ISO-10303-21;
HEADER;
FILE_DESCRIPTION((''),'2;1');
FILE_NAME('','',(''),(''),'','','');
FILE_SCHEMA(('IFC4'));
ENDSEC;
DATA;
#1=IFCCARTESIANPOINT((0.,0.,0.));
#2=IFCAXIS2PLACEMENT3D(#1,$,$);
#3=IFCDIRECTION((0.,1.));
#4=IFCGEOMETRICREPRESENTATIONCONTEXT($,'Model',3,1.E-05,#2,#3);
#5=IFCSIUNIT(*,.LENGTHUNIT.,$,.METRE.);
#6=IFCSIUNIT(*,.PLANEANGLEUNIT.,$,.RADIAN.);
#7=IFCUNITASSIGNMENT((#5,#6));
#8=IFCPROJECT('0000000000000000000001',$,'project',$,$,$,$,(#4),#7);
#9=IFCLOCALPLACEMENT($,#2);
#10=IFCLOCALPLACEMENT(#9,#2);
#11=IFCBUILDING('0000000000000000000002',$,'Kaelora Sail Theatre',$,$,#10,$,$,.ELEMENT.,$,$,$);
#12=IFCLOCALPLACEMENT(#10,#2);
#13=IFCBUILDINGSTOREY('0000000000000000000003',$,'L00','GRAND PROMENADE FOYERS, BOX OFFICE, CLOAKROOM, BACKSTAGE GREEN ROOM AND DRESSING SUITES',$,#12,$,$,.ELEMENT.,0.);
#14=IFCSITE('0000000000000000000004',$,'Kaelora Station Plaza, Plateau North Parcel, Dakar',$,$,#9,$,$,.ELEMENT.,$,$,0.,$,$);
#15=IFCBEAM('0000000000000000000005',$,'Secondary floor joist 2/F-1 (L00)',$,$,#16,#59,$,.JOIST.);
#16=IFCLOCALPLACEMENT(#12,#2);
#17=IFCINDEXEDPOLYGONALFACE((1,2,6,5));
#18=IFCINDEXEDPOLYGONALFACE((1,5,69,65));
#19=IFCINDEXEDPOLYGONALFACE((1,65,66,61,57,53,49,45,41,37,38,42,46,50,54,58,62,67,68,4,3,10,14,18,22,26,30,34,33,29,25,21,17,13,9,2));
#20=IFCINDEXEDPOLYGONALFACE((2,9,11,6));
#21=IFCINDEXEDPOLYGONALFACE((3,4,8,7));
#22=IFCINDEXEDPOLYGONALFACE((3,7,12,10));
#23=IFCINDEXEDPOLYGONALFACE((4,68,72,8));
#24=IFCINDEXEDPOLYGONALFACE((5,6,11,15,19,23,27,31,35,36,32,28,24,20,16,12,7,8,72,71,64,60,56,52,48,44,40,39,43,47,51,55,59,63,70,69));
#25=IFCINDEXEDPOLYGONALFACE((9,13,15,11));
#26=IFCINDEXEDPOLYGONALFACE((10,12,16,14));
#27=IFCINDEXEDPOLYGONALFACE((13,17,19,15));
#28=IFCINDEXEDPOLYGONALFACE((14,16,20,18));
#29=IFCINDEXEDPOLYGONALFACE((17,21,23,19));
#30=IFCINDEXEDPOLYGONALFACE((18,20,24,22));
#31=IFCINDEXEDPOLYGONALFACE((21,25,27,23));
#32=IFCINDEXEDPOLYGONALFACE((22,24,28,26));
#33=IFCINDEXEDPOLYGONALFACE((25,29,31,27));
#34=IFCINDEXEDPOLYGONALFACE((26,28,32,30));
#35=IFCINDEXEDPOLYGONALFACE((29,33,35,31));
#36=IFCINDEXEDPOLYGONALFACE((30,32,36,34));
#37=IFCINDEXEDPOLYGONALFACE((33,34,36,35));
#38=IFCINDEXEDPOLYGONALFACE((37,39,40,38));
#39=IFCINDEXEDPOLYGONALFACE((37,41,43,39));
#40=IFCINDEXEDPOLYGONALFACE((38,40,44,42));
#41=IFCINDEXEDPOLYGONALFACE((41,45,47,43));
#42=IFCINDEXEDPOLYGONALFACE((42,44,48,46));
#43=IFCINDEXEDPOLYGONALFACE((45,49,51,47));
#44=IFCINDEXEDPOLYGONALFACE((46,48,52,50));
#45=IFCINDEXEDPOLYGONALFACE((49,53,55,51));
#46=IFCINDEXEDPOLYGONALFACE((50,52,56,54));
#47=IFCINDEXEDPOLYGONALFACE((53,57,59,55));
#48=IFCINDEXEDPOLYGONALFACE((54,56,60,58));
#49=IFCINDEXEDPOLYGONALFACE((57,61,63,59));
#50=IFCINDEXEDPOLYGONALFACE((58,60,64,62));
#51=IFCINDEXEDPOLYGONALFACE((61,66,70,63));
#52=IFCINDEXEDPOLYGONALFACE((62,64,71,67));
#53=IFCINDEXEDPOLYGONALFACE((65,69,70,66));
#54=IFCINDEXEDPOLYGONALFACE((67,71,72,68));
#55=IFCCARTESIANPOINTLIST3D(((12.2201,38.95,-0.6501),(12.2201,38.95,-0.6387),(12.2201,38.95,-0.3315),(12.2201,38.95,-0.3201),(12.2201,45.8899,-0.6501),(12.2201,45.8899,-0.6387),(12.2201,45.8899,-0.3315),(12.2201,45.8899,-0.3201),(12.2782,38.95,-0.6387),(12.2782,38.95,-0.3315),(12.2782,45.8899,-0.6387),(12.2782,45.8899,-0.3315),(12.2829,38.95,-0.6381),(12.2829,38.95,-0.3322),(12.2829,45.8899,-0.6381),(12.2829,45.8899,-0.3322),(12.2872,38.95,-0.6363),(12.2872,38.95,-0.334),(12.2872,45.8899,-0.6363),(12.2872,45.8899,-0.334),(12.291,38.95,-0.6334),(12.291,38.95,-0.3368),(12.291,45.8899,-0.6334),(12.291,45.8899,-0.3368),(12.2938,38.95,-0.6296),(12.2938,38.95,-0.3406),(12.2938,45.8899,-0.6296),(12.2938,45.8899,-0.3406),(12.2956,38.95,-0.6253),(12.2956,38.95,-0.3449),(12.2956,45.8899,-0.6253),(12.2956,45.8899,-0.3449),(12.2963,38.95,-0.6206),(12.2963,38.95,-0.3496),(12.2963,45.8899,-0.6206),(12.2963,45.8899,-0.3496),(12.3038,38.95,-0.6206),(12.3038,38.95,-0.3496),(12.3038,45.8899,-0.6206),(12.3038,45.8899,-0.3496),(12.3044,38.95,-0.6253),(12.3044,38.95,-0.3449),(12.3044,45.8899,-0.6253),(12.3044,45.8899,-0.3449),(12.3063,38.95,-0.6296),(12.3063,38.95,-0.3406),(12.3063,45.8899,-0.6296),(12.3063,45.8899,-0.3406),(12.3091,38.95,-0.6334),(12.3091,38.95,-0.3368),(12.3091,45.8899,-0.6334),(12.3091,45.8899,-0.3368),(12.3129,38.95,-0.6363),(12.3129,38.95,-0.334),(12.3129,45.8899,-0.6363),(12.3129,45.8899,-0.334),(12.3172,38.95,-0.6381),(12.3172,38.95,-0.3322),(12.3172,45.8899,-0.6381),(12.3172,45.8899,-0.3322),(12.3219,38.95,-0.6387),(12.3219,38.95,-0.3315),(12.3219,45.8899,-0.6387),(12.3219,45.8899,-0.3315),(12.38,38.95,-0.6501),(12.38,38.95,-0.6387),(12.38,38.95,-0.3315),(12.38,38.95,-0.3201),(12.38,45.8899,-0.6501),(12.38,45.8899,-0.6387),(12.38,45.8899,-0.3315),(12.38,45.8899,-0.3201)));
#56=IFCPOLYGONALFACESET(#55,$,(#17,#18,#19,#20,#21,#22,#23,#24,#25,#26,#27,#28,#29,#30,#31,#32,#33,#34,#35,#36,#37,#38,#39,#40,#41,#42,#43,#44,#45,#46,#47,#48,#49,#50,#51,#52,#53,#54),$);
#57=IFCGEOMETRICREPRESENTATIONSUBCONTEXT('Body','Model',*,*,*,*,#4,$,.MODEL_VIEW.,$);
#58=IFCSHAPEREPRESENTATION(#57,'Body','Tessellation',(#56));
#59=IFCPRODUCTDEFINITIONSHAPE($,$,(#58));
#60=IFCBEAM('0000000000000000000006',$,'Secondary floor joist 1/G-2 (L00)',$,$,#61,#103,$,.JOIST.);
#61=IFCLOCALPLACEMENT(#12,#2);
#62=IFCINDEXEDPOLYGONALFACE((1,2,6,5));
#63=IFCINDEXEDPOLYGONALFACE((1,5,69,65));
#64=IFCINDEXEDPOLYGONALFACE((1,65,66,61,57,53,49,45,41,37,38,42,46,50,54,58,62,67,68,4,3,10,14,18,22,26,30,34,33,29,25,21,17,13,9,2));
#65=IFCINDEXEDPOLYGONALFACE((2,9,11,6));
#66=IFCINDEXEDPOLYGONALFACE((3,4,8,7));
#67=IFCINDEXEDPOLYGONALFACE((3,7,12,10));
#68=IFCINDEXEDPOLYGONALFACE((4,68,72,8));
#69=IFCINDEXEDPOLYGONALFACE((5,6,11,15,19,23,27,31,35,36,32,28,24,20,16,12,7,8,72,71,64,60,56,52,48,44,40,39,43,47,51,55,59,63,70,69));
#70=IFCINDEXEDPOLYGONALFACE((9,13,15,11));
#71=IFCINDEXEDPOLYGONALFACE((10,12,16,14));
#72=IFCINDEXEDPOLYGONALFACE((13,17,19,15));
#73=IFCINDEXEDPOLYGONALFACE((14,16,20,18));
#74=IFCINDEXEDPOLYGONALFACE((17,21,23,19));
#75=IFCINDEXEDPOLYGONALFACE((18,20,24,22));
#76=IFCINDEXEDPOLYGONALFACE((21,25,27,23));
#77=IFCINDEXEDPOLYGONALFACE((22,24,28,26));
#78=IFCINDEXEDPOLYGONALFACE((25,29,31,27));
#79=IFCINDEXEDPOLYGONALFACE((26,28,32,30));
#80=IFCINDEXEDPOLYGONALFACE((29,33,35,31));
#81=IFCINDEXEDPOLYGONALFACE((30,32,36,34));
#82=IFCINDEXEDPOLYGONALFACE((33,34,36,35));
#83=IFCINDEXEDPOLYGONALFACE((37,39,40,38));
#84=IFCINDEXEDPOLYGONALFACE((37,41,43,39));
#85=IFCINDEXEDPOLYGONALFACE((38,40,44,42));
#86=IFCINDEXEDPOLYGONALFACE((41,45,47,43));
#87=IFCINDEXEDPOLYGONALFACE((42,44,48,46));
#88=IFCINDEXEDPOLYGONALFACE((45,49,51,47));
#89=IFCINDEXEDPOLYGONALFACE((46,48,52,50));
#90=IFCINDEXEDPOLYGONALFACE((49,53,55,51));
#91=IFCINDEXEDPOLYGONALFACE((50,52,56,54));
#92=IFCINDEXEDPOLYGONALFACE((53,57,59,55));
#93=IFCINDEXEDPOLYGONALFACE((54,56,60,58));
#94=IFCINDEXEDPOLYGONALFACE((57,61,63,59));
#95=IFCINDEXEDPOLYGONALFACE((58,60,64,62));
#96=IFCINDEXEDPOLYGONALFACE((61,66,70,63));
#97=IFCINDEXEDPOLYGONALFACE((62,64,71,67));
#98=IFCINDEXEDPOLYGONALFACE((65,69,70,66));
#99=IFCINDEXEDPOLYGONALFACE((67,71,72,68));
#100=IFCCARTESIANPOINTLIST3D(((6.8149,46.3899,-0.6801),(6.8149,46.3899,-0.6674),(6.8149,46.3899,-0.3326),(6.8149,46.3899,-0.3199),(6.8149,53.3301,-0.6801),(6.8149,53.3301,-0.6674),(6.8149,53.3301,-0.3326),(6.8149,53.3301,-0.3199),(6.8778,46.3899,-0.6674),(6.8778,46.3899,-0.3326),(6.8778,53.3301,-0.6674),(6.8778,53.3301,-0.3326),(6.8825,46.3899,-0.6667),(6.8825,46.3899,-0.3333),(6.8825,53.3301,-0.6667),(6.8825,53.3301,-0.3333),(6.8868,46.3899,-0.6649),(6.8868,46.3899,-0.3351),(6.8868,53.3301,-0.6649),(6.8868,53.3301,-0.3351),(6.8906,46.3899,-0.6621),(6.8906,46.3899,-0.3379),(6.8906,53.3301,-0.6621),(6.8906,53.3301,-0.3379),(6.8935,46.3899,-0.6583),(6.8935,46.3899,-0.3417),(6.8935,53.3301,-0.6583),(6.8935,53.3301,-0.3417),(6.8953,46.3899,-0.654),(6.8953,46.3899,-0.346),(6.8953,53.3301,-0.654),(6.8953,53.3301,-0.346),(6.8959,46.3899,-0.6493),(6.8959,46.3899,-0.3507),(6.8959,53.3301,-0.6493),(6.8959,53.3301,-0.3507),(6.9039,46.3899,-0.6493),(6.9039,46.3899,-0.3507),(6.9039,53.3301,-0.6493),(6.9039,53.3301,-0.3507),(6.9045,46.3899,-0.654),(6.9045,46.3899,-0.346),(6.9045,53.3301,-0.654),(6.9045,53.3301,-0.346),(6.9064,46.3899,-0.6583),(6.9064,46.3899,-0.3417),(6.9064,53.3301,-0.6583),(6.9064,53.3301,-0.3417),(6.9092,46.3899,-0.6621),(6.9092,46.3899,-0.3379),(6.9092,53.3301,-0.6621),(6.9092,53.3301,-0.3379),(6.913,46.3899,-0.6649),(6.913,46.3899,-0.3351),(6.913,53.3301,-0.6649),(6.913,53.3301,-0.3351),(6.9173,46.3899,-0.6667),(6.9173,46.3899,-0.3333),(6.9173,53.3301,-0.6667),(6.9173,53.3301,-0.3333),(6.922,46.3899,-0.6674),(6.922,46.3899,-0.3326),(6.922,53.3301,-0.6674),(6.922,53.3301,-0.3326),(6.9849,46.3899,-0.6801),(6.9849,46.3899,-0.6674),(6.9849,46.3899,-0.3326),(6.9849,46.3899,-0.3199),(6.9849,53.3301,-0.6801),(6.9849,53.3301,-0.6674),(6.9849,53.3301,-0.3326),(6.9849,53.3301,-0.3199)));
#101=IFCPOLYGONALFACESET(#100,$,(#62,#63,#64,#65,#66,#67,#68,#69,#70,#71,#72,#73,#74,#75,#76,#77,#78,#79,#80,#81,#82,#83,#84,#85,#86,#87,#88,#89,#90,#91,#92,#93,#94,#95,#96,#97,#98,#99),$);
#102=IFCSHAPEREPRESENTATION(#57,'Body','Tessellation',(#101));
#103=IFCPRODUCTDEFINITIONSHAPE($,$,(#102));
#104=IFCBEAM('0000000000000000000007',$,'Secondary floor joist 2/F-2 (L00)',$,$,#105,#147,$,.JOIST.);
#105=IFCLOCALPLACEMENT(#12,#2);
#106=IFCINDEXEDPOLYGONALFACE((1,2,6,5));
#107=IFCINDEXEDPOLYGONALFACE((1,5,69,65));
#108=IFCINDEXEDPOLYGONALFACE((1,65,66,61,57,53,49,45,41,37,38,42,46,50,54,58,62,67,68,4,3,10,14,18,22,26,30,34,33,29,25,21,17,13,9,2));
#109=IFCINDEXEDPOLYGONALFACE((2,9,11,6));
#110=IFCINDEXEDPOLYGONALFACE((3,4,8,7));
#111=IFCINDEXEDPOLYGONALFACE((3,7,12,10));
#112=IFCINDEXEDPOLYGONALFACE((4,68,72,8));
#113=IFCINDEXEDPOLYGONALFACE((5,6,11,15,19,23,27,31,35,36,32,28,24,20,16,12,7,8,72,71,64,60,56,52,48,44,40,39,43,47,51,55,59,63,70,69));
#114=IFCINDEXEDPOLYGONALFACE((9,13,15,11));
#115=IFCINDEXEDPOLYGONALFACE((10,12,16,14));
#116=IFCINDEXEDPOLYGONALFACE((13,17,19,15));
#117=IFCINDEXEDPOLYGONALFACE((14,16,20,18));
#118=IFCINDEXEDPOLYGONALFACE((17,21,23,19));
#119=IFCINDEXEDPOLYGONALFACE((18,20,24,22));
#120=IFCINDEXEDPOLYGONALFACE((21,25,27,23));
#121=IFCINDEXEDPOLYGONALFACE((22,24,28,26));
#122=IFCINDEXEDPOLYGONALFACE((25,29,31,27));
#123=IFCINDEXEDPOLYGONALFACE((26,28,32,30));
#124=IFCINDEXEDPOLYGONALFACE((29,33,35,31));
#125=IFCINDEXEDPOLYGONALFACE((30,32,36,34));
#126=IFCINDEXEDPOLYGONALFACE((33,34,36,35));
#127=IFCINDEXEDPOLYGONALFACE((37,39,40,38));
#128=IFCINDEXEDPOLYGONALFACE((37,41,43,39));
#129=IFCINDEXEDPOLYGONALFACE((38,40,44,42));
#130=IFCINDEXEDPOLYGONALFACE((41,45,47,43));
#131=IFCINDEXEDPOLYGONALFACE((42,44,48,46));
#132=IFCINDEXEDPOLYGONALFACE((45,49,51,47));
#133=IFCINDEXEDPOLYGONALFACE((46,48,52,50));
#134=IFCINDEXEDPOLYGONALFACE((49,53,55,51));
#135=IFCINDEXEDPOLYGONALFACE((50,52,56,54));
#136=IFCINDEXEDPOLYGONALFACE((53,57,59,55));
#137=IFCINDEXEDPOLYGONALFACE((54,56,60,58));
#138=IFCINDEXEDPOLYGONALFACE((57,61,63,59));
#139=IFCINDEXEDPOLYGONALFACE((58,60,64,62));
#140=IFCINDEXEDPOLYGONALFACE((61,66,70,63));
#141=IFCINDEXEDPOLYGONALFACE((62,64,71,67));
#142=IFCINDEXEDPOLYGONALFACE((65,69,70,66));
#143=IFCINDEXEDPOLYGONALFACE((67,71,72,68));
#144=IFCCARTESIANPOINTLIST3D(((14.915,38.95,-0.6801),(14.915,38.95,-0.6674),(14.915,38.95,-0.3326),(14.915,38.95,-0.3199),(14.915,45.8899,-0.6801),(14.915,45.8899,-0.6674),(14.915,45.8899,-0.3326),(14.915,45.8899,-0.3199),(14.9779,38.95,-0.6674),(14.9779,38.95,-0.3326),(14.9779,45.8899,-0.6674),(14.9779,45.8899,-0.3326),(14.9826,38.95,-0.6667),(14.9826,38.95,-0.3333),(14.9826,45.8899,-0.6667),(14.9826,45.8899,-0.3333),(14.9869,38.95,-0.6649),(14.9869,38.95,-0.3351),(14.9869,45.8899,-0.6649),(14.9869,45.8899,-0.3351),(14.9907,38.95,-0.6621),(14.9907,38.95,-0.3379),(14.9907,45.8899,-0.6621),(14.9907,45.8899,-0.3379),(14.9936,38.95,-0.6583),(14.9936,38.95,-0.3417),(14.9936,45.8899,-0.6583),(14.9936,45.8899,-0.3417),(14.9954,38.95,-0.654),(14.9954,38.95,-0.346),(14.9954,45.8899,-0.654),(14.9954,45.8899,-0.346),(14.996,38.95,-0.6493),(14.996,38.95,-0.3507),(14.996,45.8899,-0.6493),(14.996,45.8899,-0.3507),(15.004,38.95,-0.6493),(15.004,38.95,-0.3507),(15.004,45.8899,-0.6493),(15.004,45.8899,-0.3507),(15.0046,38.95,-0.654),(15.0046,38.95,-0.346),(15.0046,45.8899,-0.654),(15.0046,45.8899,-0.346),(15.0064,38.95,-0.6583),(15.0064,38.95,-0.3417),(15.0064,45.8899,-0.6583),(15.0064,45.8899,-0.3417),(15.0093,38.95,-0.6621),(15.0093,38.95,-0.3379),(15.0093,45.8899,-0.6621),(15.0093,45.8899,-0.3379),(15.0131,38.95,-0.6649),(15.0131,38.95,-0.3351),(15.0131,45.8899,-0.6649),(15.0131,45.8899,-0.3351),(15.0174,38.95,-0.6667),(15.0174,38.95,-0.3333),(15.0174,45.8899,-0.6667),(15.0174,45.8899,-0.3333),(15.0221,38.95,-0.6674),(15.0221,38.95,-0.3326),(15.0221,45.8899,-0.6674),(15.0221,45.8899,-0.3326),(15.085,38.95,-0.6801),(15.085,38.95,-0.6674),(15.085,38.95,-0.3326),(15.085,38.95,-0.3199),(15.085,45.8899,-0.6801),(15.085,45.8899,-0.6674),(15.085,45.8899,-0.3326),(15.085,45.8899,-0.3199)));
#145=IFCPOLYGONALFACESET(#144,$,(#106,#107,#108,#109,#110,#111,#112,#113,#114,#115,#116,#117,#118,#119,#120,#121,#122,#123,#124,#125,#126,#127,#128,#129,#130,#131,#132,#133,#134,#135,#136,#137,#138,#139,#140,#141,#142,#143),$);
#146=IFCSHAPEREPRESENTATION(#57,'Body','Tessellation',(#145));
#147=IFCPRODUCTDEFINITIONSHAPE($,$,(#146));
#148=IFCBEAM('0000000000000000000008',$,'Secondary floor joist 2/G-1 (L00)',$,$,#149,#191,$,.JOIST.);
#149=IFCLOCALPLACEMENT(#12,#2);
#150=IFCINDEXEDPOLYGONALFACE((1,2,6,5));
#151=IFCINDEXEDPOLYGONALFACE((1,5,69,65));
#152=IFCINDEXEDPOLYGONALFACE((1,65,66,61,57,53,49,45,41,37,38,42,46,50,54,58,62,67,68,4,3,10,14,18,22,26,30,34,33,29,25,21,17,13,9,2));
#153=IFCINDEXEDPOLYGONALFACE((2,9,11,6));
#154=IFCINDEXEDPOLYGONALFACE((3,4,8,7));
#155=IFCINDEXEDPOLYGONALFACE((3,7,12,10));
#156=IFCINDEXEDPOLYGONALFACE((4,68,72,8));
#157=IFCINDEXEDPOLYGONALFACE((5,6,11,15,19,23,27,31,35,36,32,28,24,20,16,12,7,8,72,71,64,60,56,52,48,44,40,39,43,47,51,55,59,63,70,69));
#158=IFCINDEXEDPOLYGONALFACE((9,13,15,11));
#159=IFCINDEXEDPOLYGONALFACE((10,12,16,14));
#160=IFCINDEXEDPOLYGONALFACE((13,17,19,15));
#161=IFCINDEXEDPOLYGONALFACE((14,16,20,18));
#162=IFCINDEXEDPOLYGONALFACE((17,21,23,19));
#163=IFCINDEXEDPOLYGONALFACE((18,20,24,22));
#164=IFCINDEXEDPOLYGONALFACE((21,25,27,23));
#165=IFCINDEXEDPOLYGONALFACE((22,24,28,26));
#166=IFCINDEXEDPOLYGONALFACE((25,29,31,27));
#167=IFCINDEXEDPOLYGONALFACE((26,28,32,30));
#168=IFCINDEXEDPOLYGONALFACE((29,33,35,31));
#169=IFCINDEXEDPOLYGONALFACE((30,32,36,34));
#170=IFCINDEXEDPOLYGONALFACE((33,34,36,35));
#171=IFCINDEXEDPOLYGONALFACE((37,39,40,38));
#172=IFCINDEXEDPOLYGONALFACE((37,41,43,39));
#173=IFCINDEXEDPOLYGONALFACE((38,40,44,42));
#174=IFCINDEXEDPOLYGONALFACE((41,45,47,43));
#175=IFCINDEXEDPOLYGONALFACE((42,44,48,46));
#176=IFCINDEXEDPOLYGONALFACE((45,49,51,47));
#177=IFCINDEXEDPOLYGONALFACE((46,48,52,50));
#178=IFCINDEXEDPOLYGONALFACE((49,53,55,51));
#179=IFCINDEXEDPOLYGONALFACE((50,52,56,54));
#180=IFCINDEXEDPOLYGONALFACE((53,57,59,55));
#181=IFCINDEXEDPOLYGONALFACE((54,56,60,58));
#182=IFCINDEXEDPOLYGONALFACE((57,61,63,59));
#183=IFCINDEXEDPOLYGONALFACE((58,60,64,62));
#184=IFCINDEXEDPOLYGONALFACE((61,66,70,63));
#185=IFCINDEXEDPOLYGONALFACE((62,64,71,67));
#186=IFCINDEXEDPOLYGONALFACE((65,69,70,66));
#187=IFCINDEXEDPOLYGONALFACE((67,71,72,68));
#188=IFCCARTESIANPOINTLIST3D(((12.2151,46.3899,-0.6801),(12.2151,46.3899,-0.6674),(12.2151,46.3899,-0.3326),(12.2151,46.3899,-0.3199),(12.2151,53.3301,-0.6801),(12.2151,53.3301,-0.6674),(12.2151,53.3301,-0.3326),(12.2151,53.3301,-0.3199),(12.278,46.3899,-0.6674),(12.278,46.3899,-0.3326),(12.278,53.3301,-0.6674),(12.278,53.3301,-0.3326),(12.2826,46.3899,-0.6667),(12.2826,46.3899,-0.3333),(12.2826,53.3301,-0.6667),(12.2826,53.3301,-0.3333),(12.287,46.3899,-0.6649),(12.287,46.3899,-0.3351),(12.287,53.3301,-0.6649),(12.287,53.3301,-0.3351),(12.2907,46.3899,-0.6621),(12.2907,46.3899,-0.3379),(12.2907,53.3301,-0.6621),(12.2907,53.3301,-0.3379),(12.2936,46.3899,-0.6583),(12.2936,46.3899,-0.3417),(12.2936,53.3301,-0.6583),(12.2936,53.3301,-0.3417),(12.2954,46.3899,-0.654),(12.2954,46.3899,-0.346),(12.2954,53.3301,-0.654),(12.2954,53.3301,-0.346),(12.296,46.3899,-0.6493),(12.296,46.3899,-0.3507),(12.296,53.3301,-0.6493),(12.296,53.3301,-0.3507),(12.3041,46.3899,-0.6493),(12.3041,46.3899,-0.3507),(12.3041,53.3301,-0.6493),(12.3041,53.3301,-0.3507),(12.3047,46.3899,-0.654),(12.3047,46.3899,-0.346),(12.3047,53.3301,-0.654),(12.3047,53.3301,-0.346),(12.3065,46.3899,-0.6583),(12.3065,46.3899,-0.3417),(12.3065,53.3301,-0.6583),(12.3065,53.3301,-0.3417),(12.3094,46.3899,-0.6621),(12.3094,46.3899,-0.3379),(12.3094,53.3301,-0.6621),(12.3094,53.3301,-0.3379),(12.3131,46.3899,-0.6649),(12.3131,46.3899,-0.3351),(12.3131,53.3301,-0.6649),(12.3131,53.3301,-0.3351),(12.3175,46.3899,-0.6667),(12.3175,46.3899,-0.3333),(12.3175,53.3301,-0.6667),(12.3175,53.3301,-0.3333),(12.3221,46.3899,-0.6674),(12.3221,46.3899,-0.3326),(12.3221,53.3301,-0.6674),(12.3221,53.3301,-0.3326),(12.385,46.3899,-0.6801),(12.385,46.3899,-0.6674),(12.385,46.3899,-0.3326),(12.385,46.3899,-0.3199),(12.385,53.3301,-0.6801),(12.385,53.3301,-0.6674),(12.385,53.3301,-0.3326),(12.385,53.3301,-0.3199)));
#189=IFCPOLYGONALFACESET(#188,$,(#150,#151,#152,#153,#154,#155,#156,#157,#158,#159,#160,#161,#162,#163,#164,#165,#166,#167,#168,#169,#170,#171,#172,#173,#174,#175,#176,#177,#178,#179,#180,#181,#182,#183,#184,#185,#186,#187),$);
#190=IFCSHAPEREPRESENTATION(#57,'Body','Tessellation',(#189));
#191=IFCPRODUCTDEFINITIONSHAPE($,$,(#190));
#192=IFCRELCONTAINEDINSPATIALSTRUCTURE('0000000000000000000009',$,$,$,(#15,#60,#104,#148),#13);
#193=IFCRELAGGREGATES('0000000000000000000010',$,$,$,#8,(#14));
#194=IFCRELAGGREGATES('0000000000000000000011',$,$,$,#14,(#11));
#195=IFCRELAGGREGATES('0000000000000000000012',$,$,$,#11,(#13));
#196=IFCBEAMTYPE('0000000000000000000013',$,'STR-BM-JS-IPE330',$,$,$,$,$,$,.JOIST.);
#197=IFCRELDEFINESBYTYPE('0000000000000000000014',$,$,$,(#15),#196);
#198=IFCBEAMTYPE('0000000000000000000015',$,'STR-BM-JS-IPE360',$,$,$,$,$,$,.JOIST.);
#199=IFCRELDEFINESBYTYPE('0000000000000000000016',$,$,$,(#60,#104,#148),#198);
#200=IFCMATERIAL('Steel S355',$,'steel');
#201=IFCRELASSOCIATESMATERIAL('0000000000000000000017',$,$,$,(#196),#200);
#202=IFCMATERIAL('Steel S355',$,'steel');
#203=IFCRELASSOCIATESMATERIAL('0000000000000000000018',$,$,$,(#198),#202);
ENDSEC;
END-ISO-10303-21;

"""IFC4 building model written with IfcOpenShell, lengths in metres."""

from ifc_helpers import new_model, si_unit, direction, frame, origin, origin_2d, place, context, subcontext, project, spatial, i_section, extrude, material, material_profile, profile_set, type_object, element, save


model = new_model("IFC4")

# Units and contexts
model_context = context("Model", 3, precision=1e-05, world=origin(), true_north=direction((0.0, 1.0)))
body_context = subcontext(model_context, "Body", "Model", "MODEL_VIEW")
ifc_project = project(units=[si_unit("LENGTHUNIT", "METRE"), si_unit("PLANEANGLEUNIT", "RADIAN")], contexts=[model_context])

# Site, building, storey
site_placement = place(None, origin())
site = spatial("IfcSite", under=ifc_project, at=site_placement, Name="Kaelora Station Plaza, Plateau North Parcel, Dakar", CompositionType="ELEMENT", RefElevation=0.0)
building_placement = place(site_placement, origin())
building = spatial("IfcBuilding", under=site, at=building_placement, Name="Kaelora Sail Theatre", CompositionType="ELEMENT")
storey_placement = place(building_placement, origin())
storey = spatial("IfcBuildingStorey", under=building, at=storey_placement, Name="L00", Description="GRAND PROMENADE FOYERS, BOX OFFICE, CLOAKROOM, BACKSTAGE GREEN ROOM AND DRESSING SUITES", CompositionType="ELEMENT", Elevation=0.0)

# Beams
ifc_material_1 = material(Name="Steel S355", Category="steel")
ifc_material_profile_1 = material_profile(ifc_material_1, i_section(OverallWidth=0.1599, OverallDepth=0.3301, WebThickness=0.0076, FlangeThickness=0.0115, FilletRadius=0.0181, at=origin_2d()), Name="IPE 330")
ifc_profile_set_1 = profile_set([ifc_material_profile_1], Name="Steel S355")
beam_type_1 = type_object("IfcBeamType", Name="STR-BM-JS-IPE330", PredefinedType="JOIST", material=ifc_profile_set_1)
for number, where, z_axis, x_axis, name in (
    (1, (12.3, 38.95, -0.4851), (0.0, 1.0, 0.0), (-1.0, 0.0, 0.0), "Secondary floor joist 2/F-1 (L00)"),
):
    element("IfcBeam", number, at=place(storey_placement, frame(where, z_axis=z_axis, x_axis=x_axis)), inside=storey, type_object=beam_type_1, Name=name, PredefinedType="JOIST", context=body_context, shape_type="SweptSolid", body=[
        extrude(i_section(OverallWidth=0.1599, OverallDepth=0.3301, WebThickness=0.0076, FlangeThickness=0.0115, FilletRadius=0.0181, at=origin_2d()), origin(), (0.0, 0.0, 1.0), 6.9399),
    ])
ifc_material_2 = material(Name="Steel S355", Category="steel")
ifc_material_profile_2 = material_profile(ifc_material_2, i_section(OverallWidth=0.1699, OverallDepth=0.3601, WebThickness=0.0081, FlangeThickness=0.0127, FilletRadius=0.0181, at=origin_2d()), Name="IPE 360")
ifc_profile_set_2 = profile_set([ifc_material_profile_2], Name="Steel S355")
beam_type_2 = type_object("IfcBeamType", Name="STR-BM-JS-IPE360", PredefinedType="JOIST", material=ifc_profile_set_2)
beam_1_placement = place(storey_placement, frame((6.8999, 46.3899, -0.5), z_axis=(0.0, 1.0, 0.0), x_axis=(-1.0, 0.0, 0.0)))
element("IfcBeam", 2, at=beam_1_placement, inside=storey, type_object=beam_type_2, Name="Secondary floor joist 1/G-2 (L00)", PredefinedType="JOIST", context=body_context, shape_type="SweptSolid", body=[
    extrude(i_section(OverallWidth=0.1699, OverallDepth=0.3601, WebThickness=0.0081, FlangeThickness=0.0127, FilletRadius=0.0181, at=origin_2d()), origin(), (0.0, 0.0, 1.0), 6.9402),
])
beam_2_placement = place(storey_placement, frame((15.0, 38.95, -0.5), z_axis=(0.0, 1.0, 0.0), x_axis=(-1.0, 0.0, 0.0)))
element("IfcBeam", 3, at=beam_2_placement, inside=storey, type_object=beam_type_2, Name="Secondary floor joist 2/F-2 (L00)", PredefinedType="JOIST", context=body_context, shape_type="SweptSolid", body=[
    extrude(i_section(OverallWidth=0.1699, OverallDepth=0.3601, WebThickness=0.0081, FlangeThickness=0.0127, FilletRadius=0.0181, at=origin_2d()), origin(), (0.0, 0.0, 1.0), 6.9399),
])
beam_3_placement = place(storey_placement, frame((12.3, 46.3899, -0.5), z_axis=(0.0, 1.0, 0.0), x_axis=(-1.0, 0.0, 0.0)))
element("IfcBeam", 4, at=beam_3_placement, inside=storey, type_object=beam_type_2, Name="Secondary floor joist 2/G-1 (L00)", PredefinedType="JOIST", context=body_context, shape_type="SweptSolid", body=[
    extrude(i_section(OverallWidth=0.1699, OverallDepth=0.3601, WebThickness=0.0081, FlangeThickness=0.0127, FilletRadius=0.0181, at=origin_2d()), origin(), (0.0, 0.0, 1.0), 6.9402),
])

save(model, "model.ifc")
